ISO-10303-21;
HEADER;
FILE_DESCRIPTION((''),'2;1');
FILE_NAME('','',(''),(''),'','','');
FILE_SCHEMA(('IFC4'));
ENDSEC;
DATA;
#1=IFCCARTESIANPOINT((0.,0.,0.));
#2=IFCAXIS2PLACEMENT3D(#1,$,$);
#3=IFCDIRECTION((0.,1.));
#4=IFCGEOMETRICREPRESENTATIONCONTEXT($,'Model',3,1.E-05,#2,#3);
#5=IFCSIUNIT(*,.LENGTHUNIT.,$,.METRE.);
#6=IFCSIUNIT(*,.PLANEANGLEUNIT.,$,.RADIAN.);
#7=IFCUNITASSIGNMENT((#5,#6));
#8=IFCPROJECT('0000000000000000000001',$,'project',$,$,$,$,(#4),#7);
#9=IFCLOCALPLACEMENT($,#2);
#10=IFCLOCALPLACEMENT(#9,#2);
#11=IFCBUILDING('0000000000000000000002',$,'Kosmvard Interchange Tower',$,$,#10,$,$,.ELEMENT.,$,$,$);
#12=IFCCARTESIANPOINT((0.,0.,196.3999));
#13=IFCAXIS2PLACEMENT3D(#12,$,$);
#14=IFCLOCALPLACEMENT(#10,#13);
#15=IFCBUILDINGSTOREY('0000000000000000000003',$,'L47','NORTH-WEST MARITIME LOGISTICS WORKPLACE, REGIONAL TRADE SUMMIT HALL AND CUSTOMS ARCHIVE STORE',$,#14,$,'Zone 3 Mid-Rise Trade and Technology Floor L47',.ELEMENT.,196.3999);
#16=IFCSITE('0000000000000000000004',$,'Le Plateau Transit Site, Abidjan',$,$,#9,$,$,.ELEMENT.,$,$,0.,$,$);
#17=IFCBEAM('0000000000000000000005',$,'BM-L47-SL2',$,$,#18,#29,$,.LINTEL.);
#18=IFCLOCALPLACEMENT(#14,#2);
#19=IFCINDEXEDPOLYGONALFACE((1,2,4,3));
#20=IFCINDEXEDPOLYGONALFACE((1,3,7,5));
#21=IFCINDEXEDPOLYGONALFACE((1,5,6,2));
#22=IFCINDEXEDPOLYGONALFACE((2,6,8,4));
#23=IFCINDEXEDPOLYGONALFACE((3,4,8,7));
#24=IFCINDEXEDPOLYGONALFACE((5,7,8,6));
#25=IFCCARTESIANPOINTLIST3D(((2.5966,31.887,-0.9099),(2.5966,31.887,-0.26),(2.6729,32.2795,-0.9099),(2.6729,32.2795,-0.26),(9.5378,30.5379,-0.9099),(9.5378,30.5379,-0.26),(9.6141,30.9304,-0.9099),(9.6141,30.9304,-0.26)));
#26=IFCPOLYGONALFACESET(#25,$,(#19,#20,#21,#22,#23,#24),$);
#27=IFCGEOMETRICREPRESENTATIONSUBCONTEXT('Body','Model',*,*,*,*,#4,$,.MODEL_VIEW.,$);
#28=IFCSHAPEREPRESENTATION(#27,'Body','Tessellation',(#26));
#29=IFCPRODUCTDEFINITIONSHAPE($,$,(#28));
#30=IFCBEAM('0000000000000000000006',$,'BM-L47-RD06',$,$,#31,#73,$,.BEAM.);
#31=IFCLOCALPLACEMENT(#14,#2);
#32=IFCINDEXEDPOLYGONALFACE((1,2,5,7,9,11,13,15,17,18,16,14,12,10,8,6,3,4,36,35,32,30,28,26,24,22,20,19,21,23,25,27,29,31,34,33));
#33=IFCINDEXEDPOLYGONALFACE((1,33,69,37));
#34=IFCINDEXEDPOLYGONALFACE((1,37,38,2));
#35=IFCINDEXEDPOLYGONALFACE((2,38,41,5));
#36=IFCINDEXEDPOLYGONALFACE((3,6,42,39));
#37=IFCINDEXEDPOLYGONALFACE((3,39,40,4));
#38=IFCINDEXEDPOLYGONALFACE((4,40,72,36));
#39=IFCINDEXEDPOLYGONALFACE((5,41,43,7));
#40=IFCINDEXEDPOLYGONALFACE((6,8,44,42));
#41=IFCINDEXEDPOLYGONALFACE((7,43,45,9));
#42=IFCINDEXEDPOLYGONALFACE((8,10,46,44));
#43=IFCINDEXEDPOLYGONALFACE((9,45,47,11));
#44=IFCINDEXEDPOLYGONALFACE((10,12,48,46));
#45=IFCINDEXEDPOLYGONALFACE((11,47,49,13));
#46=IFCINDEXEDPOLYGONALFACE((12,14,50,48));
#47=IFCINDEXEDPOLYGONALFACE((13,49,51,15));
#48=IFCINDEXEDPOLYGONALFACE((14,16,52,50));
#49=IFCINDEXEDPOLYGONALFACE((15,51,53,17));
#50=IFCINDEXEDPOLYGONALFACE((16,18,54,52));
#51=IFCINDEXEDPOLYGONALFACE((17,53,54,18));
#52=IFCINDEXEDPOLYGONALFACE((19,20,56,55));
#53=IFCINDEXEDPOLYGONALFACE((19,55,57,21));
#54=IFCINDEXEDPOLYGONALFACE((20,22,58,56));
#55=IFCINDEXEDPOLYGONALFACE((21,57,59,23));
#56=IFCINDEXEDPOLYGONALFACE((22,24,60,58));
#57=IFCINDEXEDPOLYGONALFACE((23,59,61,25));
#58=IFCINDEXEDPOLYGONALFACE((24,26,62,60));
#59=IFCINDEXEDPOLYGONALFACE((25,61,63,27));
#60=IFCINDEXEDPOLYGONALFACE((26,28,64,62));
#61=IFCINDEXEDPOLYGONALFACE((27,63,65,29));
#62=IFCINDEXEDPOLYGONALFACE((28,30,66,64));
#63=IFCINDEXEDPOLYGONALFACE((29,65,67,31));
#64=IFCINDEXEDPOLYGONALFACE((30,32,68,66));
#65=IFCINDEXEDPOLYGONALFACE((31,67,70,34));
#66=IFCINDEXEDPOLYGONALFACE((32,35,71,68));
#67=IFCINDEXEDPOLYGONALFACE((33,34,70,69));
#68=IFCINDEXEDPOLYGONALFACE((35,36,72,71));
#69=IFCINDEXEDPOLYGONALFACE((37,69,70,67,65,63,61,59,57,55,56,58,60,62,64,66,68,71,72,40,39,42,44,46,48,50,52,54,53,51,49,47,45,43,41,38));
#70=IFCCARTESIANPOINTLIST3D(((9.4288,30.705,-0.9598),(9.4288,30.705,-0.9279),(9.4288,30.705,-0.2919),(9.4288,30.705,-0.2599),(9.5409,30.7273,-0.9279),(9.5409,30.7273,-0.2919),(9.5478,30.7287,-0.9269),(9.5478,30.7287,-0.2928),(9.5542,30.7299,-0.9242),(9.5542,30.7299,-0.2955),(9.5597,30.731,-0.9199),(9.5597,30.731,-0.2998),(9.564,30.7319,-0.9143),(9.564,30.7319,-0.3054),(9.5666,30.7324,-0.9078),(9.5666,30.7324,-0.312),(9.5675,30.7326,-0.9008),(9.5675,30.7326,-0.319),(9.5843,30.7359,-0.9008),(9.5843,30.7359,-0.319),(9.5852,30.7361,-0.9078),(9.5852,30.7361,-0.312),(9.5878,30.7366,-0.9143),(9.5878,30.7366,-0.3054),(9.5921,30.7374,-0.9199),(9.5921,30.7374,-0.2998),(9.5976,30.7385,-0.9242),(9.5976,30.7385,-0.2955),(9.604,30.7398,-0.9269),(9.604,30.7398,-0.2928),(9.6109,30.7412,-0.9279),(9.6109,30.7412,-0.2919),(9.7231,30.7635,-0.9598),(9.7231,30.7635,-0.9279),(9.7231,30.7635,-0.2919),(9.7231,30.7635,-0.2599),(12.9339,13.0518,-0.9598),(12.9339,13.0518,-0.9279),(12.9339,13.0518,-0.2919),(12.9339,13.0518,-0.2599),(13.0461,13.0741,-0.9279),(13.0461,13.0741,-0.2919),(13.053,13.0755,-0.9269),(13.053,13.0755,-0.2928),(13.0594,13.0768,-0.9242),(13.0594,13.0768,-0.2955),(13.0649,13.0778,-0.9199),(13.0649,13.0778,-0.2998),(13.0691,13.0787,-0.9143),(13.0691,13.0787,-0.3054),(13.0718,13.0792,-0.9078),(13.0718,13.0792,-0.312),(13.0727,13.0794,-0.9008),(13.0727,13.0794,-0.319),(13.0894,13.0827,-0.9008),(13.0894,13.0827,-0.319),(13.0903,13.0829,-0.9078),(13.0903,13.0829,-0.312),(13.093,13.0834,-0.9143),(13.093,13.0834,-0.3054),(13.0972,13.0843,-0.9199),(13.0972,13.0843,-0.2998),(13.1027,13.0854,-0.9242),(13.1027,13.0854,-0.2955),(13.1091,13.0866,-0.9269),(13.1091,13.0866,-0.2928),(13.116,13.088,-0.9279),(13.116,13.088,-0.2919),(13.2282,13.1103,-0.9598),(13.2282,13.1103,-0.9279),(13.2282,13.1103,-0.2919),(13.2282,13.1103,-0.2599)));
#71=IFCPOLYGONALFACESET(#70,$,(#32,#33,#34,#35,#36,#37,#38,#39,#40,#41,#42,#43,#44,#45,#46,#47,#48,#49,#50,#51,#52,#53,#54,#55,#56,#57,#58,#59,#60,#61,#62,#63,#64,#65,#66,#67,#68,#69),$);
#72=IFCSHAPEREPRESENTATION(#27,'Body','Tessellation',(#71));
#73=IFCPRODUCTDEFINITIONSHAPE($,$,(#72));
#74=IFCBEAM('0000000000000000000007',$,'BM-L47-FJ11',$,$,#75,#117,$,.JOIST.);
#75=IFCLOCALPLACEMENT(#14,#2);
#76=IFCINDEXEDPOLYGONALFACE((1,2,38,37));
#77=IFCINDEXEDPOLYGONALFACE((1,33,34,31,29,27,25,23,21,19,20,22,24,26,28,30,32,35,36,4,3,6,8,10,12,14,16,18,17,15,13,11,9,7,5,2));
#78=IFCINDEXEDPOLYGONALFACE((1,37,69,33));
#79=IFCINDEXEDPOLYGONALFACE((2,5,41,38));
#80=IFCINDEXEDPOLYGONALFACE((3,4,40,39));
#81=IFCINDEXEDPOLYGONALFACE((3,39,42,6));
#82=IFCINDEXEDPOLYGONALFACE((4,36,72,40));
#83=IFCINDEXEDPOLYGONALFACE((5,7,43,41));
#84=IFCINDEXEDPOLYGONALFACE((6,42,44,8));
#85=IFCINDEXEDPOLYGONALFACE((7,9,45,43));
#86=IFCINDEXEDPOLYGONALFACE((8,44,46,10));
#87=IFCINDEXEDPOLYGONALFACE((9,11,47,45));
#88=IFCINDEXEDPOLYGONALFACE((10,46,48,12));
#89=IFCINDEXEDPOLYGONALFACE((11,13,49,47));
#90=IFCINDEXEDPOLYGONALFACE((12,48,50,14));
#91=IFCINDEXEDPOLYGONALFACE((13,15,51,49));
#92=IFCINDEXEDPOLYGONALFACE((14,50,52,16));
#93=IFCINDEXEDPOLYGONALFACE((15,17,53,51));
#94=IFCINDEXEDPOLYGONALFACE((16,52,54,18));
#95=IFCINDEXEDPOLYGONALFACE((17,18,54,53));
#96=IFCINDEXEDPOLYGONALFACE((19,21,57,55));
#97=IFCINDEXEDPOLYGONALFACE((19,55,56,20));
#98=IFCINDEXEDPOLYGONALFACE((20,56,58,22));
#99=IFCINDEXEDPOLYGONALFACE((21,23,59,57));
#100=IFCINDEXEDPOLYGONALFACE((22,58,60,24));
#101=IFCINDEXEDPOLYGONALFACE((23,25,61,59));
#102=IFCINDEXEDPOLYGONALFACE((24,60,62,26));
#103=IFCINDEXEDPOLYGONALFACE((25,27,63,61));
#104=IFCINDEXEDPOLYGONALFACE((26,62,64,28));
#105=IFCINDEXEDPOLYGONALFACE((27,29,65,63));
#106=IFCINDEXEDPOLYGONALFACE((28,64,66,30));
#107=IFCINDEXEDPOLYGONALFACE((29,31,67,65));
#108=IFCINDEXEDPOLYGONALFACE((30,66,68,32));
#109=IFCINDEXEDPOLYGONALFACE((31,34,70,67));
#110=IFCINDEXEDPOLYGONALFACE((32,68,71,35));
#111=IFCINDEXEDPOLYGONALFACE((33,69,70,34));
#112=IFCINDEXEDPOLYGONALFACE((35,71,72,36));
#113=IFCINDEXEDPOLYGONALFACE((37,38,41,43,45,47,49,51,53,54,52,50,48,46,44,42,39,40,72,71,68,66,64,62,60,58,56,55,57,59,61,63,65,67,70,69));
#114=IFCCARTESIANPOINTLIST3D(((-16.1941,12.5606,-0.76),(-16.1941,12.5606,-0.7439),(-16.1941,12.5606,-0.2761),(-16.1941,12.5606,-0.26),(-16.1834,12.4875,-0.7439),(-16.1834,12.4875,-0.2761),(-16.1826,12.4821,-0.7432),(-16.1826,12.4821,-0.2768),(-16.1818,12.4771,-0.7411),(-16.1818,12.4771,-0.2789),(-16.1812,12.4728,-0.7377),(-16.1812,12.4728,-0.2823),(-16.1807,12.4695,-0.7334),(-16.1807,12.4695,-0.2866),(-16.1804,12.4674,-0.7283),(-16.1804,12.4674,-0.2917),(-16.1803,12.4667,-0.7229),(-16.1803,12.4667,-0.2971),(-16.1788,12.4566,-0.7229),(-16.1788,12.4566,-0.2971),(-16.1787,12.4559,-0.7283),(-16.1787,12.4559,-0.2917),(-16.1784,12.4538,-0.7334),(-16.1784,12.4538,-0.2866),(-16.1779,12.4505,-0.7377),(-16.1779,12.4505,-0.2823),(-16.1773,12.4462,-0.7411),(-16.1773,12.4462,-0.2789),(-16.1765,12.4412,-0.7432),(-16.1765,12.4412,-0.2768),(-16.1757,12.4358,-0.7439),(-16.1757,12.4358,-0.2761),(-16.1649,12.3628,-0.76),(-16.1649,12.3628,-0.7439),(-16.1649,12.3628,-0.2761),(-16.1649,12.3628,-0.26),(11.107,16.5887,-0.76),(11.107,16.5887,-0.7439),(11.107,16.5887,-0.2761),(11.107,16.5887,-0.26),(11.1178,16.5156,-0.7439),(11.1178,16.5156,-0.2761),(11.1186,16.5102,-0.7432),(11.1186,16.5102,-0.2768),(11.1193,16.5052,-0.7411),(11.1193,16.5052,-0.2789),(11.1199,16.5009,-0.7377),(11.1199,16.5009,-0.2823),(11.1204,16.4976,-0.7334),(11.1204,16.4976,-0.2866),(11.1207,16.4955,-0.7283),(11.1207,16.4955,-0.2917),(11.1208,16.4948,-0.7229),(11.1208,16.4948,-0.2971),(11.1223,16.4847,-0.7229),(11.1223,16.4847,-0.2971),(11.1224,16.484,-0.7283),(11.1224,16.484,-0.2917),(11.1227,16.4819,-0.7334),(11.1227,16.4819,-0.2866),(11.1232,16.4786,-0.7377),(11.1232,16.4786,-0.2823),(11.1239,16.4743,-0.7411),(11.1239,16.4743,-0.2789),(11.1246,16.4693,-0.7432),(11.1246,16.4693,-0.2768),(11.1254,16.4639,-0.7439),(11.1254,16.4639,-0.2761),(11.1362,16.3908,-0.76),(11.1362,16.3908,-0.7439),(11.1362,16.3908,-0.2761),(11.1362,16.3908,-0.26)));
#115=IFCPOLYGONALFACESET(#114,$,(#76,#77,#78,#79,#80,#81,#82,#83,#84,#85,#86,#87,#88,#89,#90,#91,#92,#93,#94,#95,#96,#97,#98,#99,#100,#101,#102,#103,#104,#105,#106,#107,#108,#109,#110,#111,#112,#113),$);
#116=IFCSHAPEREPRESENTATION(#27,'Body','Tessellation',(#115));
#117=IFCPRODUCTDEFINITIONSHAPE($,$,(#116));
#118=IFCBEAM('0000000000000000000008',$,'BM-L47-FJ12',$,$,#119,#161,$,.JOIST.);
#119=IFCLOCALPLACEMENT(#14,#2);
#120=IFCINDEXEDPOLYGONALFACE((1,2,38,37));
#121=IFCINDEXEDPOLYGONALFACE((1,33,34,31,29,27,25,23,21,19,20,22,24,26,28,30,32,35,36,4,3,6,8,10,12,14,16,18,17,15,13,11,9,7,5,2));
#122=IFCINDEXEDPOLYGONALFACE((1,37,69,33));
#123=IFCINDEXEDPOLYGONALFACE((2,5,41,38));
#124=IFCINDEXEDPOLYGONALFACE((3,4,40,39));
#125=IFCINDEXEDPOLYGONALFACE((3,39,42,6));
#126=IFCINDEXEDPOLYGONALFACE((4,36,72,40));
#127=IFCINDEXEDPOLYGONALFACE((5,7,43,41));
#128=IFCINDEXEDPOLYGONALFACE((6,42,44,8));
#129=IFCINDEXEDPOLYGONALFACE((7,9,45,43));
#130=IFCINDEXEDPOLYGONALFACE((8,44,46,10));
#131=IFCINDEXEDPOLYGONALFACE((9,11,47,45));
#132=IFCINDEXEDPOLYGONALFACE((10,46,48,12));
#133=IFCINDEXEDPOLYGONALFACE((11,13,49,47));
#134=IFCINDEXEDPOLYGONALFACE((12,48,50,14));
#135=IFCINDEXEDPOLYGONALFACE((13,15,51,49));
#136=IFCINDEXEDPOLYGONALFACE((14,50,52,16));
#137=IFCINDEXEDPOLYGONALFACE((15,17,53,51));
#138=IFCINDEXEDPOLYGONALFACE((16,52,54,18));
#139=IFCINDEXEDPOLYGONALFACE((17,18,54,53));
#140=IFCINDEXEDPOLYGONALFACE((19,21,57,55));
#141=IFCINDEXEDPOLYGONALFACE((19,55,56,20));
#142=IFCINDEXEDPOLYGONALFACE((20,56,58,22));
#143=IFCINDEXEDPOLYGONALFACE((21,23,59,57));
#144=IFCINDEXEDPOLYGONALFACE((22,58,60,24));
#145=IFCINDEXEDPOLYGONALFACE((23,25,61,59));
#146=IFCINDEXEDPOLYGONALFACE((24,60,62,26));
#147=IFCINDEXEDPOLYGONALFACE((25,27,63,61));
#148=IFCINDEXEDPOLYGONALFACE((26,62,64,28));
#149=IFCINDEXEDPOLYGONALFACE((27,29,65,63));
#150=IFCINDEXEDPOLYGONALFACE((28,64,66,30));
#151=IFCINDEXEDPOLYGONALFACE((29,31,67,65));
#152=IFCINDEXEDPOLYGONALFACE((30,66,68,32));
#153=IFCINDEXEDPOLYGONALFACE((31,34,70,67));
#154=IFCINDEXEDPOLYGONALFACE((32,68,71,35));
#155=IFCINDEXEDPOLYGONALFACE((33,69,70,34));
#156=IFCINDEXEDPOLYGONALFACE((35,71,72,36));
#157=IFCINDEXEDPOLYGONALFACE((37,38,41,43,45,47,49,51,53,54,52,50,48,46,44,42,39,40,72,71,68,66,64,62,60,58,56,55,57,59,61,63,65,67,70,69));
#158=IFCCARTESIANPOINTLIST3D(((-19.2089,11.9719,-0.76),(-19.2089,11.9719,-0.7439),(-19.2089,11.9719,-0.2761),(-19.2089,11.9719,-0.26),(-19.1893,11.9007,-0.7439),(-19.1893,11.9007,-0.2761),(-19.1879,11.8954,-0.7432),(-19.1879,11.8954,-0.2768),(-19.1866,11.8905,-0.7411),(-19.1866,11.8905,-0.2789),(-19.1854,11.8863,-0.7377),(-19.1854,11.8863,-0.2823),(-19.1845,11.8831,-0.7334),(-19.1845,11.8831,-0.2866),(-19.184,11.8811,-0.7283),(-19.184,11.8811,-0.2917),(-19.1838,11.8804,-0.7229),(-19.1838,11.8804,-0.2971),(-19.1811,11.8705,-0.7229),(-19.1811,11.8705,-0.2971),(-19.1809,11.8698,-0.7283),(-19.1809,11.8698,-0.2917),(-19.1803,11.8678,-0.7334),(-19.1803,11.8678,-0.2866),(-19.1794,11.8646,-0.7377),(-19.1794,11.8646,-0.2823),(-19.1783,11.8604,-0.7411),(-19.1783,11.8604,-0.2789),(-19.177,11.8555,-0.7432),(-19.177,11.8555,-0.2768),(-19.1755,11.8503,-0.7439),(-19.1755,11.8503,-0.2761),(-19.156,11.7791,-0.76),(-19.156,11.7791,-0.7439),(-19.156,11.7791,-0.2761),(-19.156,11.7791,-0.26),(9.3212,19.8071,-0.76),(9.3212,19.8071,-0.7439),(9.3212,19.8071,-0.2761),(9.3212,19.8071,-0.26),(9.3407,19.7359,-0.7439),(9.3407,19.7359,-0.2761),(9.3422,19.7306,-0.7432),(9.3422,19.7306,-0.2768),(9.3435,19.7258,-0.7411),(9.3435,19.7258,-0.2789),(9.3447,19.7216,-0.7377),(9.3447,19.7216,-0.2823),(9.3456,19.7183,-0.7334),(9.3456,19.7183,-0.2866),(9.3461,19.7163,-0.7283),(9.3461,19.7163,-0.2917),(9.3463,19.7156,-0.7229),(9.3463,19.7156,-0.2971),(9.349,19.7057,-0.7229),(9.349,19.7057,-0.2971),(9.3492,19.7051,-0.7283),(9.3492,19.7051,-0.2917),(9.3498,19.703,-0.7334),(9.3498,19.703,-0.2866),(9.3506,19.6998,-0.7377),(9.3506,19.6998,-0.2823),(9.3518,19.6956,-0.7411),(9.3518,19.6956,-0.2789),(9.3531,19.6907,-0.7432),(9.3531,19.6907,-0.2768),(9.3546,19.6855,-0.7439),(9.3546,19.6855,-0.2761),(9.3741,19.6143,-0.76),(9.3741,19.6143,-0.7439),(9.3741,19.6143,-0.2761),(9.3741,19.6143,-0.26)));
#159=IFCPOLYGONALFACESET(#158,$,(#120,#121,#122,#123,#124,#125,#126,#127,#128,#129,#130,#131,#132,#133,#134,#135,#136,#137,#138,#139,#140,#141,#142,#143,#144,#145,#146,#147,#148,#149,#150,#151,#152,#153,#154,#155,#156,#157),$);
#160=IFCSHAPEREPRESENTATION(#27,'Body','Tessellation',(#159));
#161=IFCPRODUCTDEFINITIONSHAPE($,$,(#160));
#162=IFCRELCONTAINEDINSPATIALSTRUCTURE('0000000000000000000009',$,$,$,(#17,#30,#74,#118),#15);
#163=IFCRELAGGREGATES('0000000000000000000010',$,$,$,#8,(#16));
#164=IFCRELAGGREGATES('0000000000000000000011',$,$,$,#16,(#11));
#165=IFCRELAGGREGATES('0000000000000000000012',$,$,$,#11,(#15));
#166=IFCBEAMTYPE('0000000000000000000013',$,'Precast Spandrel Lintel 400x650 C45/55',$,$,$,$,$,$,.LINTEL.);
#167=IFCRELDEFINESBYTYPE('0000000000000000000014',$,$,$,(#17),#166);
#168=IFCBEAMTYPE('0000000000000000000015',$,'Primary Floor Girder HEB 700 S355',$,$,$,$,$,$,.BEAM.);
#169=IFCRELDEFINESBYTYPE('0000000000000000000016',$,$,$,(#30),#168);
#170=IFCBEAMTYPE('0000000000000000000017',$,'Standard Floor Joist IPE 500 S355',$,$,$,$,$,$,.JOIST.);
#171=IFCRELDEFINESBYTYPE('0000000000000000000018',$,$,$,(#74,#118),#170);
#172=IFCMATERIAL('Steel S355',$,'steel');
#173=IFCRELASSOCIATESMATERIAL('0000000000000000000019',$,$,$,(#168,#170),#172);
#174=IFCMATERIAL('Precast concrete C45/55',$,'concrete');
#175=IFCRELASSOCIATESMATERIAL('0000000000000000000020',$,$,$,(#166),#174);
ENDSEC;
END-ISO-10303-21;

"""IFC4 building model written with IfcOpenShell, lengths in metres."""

from ifc_helpers import new_model, si_unit, direction, frame, origin, origin_2d, place, context, subcontext, project, spatial, rectangle, i_section, extrude, source, transform, mapped, material, material_profile, profile_set, type_object, element, save


model = new_model("IFC4")

# Units and contexts
model_context = context("Model", 3, precision=1e-05, world=origin(), true_north=direction((0.0, 1.0)))
body_context = subcontext(model_context, "Body", "Model", "MODEL_VIEW")
ifc_project = project(units=[si_unit("LENGTHUNIT", "METRE"), si_unit("PLANEANGLEUNIT", "RADIAN")], contexts=[model_context])

# Site, building, storey
site_placement = place(None, origin())
site = spatial("IfcSite", under=ifc_project, at=site_placement, Name="Le Plateau Transit Site, Abidjan", CompositionType="ELEMENT", RefElevation=0.0)
building_placement = place(site_placement, origin())
building = spatial("IfcBuilding", under=site, at=building_placement, Name="Kosmvard Interchange Tower", CompositionType="ELEMENT")
storey_placement = place(building_placement, frame((0.0, 0.0, 196.3999)))
storey = spatial("IfcBuildingStorey", under=building, at=storey_placement, Name="L47", Description="NORTH-WEST MARITIME LOGISTICS WORKPLACE, REGIONAL TRADE SUMMIT HALL AND CUSTOMS ARCHIVE STORE", LongName="Zone 3 Mid-Rise Trade and Technology Floor L47", CompositionType="ELEMENT", Elevation=196.3999)

# Beams
ifc_material_1 = material(Name="Steel S355", Category="steel")
ifc_material_profile_1 = material_profile(ifc_material_1, i_section(OverallWidth=0.3, OverallDepth=0.7, WebThickness=0.0171, FlangeThickness=0.032, FilletRadius=0.0271, at=origin_2d()), Name="HEB 700")
ifc_profile_set_1 = profile_set([ifc_material_profile_1], Name="Steel S355")
beam_type_1 = type_object("IfcBeamType", Name="Primary Floor Girder HEB 700 S355", PredefinedType="BEAM", material=ifc_profile_set_1)
ifc_material_2 = material(Name="Precast concrete C45/55", Category="concrete")
ifc_material_profile_2 = material_profile(ifc_material_2, rectangle(XDim=0.3999, YDim=0.6499, at=origin_2d()), Name="SL 400x650")
ifc_profile_set_2 = profile_set([ifc_material_profile_2], Name="Precast concrete C45/55")
beam_type_2 = type_object("IfcBeamType", Name="Precast Spandrel Lintel 400x650 C45/55", PredefinedType="LINTEL", material=ifc_profile_set_2)
shared_shape_1 = source(origin(), body_context, "Body", "SweptSolid", [
    extrude(rectangle(XDim=0.3999, YDim=0.6499, at=origin_2d()), origin(), (0.0, 0.0, 1.0), 7.071),
])
beam_1_placement = place(storey_placement, frame((9.5759, 30.7341, -0.585), z_axis=(-0.98163, 0.190795, 0.0), x_axis=(-0.190795, -0.98163, 0.0)))
element("IfcBeam", 1, at=beam_1_placement, inside=storey, type_object=beam_type_2, Name="BM-L47-SL2", PredefinedType="LINTEL", context=body_context, shape_type="MappedRepresentation", body=[
    mapped(shared_shape_1, transform((0.0, 0.0, 0.0), scale=1.0)),
])
shared_shape_2 = source(origin(), body_context, "Body", "SweptSolid", [
    extrude(i_section(OverallWidth=0.3, OverallDepth=0.7, WebThickness=0.0171, FlangeThickness=0.032, FilletRadius=0.0271, at=origin_2d()), origin(), (0.0, 0.0, 1.0), 17.9978),
])
beam_2_placement = place(storey_placement, frame((13.0811, 13.0811, -0.6099), z_axis=(-0.194754, 0.980852, 0.0), x_axis=(-0.980852, -0.194754, 0.0)))
element("IfcBeam", 2, at=beam_2_placement, inside=storey, type_object=beam_type_1, Name="BM-L47-RD06", PredefinedType="BEAM", context=body_context, shape_type="MappedRepresentation", body=[
    mapped(shared_shape_2, transform((0.0, 0.0, 0.0), scale=1.0)),
])
ifc_material_profile_3 = material_profile(ifc_material_1, i_section(OverallWidth=0.2, OverallDepth=0.5, WebThickness=0.0103, FlangeThickness=0.0161, FilletRadius=0.021, at=origin_2d()), Name="IPE 500")
ifc_profile_set_3 = profile_set([ifc_material_profile_3], Name="Steel S355")
beam_type_3 = type_object("IfcBeamType", Name="Standard Floor Joist IPE 500 S355", PredefinedType="JOIST", material=ifc_profile_set_3)
shared_shape_3 = source(origin(), body_context, "Body", "SweptSolid", [
    extrude(i_section(OverallWidth=0.2, OverallDepth=0.5, WebThickness=0.0103, FlangeThickness=0.0161, FilletRadius=0.021, at=origin_2d()), origin(), (0.0, 0.0, 1.0), 27.5967),
])
beam_3_placement = place(storey_placement, frame((11.1216, 16.4897, -0.51), z_axis=(-0.98929, -0.145963, 0.0), x_axis=(0.145963, -0.98929, 0.0)))
element("IfcBeam", 3, at=beam_3_placement, inside=storey, type_object=beam_type_3, Name="BM-L47-FJ11", PredefinedType="JOIST", context=body_context, shape_type="MappedRepresentation", body=[
    mapped(shared_shape_3, transform((0.0, 0.0, 0.0), scale=1.0)),
])
shared_shape_4 = source(origin(), body_context, "Body", "SweptSolid", [
    extrude(i_section(OverallWidth=0.2, OverallDepth=0.5, WebThickness=0.0103, FlangeThickness=0.0161, FilletRadius=0.021, at=origin_2d()), origin(), (0.0, 0.0, 1.0), 29.5864),
])
beam_4_placement = place(storey_placement, frame((9.3477, 19.7107, -0.51), z_axis=(-0.964297, -0.264825, 0.0), x_axis=(0.264825, -0.964297, 0.0)))
element("IfcBeam", 4, at=beam_4_placement, inside=storey, type_object=beam_type_3, Name="BM-L47-FJ12", PredefinedType="JOIST", context=body_context, shape_type="MappedRepresentation", body=[
    mapped(shared_shape_4, transform((0.0, 0.0, 0.0), scale=1.0)),
])

save(model, "model.ifc")
